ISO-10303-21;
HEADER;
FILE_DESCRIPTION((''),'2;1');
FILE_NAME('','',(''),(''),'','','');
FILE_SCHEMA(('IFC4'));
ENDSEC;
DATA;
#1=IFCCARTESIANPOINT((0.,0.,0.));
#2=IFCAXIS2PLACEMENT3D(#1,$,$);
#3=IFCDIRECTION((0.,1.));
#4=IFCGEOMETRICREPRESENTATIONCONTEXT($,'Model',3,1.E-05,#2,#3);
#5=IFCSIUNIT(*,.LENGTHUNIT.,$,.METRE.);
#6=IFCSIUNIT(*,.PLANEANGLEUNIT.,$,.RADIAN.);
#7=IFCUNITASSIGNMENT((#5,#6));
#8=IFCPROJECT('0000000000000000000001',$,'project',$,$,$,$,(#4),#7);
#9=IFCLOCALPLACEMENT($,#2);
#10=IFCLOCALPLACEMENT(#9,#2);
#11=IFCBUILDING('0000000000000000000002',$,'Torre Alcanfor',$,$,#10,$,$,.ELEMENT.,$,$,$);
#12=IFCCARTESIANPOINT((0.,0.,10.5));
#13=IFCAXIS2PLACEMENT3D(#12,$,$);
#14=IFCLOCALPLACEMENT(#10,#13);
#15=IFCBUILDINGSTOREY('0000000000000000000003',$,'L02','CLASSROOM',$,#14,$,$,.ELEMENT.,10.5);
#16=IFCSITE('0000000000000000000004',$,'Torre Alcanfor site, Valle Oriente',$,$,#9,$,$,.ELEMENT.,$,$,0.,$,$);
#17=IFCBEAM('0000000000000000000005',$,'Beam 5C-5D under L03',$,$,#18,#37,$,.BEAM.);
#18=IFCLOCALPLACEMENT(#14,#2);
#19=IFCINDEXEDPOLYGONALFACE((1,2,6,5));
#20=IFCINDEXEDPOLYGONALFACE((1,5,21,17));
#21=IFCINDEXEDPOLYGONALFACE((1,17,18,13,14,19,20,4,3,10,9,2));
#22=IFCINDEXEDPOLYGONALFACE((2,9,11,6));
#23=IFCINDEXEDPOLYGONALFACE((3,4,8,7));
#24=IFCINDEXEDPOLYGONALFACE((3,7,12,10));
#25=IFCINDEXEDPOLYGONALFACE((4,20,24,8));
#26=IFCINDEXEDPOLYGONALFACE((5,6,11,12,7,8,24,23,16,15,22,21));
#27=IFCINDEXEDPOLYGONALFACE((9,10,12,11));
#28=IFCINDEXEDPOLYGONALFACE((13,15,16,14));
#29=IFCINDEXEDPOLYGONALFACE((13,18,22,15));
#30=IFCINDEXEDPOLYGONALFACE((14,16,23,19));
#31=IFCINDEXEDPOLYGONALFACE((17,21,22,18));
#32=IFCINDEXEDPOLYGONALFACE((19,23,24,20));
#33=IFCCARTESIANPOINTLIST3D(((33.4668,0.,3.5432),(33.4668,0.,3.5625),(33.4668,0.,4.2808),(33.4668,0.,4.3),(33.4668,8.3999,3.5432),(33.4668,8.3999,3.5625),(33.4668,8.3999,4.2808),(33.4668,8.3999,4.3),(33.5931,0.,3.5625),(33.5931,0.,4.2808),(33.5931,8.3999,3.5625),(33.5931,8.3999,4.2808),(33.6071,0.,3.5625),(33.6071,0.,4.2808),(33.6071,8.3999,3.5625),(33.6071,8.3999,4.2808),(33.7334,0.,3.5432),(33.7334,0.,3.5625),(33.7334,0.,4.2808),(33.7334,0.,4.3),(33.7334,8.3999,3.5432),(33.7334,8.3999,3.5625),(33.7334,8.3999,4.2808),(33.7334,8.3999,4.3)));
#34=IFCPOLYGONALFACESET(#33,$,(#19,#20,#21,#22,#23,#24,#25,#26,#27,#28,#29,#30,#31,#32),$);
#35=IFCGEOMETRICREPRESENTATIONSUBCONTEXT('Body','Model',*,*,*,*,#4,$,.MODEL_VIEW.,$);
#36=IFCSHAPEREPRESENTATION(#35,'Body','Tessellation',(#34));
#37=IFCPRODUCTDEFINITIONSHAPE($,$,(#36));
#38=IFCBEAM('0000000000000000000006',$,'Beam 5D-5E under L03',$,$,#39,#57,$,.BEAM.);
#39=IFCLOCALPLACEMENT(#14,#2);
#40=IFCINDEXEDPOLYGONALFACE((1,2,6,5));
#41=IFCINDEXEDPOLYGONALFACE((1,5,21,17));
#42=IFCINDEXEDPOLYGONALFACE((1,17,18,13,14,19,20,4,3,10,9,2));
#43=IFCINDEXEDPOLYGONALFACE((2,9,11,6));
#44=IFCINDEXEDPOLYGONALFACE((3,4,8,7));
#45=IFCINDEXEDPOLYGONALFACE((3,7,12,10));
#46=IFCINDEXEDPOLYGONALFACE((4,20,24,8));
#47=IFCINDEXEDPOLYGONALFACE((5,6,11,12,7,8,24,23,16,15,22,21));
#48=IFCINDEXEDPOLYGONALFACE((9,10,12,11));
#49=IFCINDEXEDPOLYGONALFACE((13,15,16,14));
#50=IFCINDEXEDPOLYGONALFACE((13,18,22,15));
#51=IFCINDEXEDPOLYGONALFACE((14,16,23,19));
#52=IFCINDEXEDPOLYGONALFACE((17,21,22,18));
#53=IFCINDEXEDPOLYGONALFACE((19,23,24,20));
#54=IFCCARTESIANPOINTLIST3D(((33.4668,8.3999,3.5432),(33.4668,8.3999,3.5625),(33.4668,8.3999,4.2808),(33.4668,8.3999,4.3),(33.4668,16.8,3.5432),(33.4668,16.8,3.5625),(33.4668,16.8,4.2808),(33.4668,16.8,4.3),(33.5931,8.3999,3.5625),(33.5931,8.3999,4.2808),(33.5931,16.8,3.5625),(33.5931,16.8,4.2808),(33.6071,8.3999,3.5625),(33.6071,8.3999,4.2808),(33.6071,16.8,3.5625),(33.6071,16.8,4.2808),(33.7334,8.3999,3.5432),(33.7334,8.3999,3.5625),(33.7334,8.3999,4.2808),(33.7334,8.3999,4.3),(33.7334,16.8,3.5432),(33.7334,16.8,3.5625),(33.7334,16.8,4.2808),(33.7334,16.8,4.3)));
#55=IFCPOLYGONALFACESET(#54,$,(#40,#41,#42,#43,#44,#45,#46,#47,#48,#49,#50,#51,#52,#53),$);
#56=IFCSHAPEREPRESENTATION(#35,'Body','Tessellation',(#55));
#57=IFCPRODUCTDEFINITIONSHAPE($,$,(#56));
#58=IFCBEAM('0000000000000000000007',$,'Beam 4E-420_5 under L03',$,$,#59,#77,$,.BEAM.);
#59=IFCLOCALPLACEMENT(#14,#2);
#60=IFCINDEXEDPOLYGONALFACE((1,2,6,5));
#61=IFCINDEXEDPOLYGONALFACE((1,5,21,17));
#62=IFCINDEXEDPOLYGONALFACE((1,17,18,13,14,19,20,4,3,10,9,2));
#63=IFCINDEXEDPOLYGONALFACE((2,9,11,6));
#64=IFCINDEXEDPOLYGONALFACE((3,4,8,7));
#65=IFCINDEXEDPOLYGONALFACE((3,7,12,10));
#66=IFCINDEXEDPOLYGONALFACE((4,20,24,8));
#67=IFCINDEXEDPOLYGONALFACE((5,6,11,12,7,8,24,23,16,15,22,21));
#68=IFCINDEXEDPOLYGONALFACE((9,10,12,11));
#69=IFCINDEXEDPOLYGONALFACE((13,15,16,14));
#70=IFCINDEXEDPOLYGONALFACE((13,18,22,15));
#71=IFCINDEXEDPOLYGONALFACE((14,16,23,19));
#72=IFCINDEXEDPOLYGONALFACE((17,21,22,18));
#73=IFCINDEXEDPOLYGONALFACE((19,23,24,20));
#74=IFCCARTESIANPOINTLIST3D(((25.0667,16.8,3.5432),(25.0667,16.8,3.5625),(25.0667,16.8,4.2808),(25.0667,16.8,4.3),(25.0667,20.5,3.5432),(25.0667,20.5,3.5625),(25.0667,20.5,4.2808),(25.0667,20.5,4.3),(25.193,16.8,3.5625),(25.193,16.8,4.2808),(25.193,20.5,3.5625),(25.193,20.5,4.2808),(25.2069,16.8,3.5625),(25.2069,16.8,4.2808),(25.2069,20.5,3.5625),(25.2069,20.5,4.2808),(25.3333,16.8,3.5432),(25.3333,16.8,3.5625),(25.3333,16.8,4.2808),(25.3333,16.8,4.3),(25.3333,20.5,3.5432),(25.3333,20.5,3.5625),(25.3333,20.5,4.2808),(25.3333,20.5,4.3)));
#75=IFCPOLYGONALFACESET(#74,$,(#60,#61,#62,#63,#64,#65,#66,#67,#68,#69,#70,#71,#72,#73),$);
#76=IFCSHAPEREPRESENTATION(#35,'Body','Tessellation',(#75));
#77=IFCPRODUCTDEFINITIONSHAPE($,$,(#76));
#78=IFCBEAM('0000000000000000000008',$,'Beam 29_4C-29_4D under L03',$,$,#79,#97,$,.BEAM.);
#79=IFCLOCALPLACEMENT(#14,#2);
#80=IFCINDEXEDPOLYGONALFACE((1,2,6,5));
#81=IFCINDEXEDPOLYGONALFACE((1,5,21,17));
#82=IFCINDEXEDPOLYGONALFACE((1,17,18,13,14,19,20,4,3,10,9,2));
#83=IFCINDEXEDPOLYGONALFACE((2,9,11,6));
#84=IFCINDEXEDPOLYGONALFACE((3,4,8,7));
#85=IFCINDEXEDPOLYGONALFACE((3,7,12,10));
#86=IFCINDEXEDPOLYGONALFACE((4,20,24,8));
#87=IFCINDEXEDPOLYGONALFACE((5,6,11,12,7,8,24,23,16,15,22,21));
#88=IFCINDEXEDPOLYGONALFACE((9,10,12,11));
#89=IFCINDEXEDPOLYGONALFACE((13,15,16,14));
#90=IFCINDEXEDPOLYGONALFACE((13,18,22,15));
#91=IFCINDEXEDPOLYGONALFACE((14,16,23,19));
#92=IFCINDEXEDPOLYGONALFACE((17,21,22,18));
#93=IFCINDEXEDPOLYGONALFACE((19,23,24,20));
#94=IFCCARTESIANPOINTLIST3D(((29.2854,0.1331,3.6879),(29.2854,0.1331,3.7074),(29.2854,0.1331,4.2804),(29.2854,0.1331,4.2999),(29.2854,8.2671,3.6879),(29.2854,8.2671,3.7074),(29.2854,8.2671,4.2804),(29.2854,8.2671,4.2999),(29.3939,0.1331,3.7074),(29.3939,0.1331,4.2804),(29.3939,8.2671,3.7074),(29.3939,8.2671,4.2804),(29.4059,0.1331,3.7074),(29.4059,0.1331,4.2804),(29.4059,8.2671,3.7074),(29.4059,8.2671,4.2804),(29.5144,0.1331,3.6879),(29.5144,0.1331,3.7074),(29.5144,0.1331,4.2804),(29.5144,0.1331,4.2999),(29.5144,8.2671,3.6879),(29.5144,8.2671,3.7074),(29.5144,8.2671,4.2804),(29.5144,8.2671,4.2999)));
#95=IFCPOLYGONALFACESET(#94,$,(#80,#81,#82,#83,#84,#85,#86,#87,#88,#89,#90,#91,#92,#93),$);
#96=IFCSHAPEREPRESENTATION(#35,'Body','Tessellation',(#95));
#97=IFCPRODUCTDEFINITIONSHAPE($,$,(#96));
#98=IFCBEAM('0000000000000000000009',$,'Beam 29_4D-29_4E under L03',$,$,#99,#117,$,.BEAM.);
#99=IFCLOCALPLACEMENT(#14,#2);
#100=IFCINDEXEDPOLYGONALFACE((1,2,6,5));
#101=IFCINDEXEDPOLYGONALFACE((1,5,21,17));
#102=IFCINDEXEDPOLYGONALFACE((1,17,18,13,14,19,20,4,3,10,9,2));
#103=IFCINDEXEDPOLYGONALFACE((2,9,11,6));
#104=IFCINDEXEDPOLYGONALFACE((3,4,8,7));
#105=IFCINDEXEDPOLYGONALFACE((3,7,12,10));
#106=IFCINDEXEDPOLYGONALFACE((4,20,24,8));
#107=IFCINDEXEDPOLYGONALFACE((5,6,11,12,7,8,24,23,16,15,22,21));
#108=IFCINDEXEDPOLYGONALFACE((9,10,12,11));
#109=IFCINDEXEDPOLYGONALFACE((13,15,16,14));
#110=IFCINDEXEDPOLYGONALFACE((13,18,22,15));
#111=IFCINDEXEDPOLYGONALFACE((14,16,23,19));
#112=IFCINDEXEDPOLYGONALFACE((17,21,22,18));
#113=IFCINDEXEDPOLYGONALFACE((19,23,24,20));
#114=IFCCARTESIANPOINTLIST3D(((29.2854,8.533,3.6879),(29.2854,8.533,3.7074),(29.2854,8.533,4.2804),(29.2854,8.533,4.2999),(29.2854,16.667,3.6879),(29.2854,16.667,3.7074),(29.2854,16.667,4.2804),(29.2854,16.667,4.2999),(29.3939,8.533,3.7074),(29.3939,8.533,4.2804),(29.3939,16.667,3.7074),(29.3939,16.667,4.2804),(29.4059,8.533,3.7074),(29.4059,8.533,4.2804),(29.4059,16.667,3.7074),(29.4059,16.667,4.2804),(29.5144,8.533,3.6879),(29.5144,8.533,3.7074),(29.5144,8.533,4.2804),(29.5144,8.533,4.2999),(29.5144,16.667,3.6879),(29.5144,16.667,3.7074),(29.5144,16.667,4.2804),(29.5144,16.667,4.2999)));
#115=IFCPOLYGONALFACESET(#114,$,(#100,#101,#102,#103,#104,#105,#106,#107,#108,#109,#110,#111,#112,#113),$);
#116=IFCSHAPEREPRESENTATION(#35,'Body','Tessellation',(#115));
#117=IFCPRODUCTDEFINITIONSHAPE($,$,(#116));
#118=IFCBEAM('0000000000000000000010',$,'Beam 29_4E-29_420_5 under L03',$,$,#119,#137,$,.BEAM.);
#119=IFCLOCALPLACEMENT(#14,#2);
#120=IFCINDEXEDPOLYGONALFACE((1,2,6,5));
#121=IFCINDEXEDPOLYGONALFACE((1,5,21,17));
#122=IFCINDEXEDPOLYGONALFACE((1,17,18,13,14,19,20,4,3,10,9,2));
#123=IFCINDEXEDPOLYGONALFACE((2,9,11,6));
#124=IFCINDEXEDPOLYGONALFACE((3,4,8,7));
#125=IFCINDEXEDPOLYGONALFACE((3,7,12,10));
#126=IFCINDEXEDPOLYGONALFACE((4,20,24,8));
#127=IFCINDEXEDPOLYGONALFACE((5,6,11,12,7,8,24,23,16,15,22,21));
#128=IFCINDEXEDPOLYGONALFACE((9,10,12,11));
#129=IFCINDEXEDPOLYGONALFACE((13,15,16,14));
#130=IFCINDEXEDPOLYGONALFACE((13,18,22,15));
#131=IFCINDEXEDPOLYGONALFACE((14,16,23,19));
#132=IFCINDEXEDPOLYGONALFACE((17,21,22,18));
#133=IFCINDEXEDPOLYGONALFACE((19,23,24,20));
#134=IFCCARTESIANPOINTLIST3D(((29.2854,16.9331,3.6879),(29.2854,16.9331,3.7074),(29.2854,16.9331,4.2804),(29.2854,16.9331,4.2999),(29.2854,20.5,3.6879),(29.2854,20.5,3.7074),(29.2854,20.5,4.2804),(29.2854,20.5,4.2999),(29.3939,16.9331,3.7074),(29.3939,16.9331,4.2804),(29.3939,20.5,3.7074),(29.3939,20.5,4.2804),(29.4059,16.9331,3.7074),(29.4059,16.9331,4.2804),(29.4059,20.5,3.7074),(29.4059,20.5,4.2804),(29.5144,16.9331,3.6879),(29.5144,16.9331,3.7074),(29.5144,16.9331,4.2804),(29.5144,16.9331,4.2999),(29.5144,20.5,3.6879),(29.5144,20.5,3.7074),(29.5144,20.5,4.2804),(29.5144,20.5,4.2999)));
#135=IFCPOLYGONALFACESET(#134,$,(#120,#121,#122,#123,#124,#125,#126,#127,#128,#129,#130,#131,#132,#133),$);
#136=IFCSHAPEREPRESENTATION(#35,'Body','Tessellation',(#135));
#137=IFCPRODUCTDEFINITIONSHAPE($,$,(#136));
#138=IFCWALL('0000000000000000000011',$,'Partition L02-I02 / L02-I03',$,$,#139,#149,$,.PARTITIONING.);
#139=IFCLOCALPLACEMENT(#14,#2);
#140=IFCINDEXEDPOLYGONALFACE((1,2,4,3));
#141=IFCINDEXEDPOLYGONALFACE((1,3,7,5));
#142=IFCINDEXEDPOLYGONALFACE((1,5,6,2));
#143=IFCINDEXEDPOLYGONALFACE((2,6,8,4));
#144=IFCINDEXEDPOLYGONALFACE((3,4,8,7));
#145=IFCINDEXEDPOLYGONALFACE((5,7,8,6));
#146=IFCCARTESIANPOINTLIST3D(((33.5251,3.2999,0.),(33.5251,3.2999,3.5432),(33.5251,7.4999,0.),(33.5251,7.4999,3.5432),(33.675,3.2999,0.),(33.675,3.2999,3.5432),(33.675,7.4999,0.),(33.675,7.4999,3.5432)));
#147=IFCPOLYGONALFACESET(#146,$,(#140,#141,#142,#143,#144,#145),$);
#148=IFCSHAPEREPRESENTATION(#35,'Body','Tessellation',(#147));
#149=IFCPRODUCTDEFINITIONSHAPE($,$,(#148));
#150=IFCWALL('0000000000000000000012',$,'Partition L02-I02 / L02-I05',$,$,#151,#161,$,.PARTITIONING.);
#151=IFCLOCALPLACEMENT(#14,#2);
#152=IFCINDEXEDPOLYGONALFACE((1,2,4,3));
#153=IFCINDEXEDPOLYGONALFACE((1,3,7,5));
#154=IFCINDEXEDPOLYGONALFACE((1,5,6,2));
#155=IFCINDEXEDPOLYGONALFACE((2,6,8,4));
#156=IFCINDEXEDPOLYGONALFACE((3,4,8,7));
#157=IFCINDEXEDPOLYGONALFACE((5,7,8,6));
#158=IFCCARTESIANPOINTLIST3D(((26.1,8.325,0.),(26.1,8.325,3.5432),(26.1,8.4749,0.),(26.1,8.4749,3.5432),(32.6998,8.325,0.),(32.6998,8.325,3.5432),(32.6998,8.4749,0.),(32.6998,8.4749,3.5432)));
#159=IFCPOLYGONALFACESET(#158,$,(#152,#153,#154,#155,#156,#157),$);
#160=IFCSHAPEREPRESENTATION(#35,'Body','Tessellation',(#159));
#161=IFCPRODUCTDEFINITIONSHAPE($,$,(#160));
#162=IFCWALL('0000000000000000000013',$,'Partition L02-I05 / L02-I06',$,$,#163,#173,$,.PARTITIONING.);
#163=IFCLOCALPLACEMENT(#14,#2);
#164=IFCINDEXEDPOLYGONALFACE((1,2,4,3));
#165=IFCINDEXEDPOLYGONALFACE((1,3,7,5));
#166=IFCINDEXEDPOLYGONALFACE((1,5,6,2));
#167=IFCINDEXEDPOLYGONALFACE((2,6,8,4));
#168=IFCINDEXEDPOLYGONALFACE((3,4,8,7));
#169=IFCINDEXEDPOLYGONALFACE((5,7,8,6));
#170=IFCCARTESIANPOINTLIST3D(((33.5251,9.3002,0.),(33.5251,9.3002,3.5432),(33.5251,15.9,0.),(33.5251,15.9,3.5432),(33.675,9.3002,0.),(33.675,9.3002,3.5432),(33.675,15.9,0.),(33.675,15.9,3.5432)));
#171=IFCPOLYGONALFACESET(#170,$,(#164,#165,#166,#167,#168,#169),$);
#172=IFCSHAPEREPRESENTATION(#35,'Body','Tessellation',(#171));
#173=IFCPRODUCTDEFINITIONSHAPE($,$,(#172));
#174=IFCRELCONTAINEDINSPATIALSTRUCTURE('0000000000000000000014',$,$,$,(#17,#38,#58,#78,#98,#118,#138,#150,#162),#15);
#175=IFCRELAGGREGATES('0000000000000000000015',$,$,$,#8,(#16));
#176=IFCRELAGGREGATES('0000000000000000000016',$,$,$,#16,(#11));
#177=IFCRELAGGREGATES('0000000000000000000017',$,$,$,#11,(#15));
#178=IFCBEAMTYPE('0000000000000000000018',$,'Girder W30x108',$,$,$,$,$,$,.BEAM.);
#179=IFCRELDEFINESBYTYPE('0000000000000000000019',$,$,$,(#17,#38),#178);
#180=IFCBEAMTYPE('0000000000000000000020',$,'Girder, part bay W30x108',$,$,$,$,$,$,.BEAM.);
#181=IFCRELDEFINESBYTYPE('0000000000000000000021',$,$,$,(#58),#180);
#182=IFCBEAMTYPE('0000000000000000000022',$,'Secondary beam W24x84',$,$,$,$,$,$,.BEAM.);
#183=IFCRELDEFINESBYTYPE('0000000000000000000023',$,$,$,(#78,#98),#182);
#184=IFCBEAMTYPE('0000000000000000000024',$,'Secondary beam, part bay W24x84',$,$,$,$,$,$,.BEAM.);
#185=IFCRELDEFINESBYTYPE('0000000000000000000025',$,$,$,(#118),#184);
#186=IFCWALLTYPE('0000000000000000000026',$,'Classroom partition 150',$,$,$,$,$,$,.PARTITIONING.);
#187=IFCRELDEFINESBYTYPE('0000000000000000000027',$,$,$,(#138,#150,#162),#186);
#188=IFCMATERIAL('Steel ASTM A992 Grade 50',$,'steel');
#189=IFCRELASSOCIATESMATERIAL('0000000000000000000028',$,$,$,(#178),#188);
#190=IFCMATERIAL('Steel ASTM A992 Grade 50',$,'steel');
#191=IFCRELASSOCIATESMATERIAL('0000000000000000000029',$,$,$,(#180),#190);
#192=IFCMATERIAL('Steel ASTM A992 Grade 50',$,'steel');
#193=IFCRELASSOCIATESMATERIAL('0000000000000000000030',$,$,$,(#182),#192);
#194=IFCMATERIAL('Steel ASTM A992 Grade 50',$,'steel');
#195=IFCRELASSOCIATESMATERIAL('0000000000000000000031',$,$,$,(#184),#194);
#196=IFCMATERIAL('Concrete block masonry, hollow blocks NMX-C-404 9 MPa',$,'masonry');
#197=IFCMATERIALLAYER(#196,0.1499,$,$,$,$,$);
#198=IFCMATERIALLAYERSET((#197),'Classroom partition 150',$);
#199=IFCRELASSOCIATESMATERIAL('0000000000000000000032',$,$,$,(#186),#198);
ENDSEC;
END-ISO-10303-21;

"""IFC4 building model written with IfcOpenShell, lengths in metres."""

from ifc_helpers import new_model, si_unit, direction, frame, frame_2d, origin, origin_2d, place, context, subcontext, project, spatial, rectangle, i_section, extrude, material, layer, layer_set, material_profile, profile_set, type_object, element, save


model = new_model("IFC4")

# Units and contexts
model_context = context("Model", 3, precision=1e-05, world=origin(), true_north=direction((0.0, 1.0)))
body_context = subcontext(model_context, "Body", "Model", "MODEL_VIEW")
ifc_project = project(units=[si_unit("LENGTHUNIT", "METRE"), si_unit("PLANEANGLEUNIT", "RADIAN")], contexts=[model_context])

# Site, building, storey
site_placement = place(None, origin())
site = spatial("IfcSite", under=ifc_project, at=site_placement, Name="Torre Alcanfor site, Valle Oriente", CompositionType="ELEMENT", RefElevation=0.0)
building_placement = place(site_placement, origin())
building = spatial("IfcBuilding", under=site, at=building_placement, Name="Torre Alcanfor", CompositionType="ELEMENT")
storey_placement = place(building_placement, frame((0.0, 0.0, 10.5)))
storey = spatial("IfcBuildingStorey", under=building, at=storey_placement, Name="L02", Description="CLASSROOM", CompositionType="ELEMENT", Elevation=10.5)

# Beams
ifc_material_1 = material(Name="Steel ASTM A992 Grade 50", Category="steel")
ifc_material_profile_1 = material_profile(ifc_material_1, i_section(OverallWidth=0.2666, OverallDepth=0.7568, WebThickness=0.0139, FlangeThickness=0.0193, at=origin_2d()), Name="W30x108")
ifc_profile_set_1 = profile_set([ifc_material_profile_1], Name="Steel ASTM A992 Grade 50")
beam_type_1 = type_object("IfcBeamType", Name="Girder W30x108", PredefinedType="BEAM", material=ifc_profile_set_1)
beam_1_placement = place(storey_placement, frame((33.6001, 0.0, 3.9216), z_axis=(0.0, 1.0, 0.0), x_axis=(-1.0, 0.0, 0.0)))
element("IfcBeam", 1, at=beam_1_placement, inside=storey, type_object=beam_type_1, Name="Beam 5C-5D under L03", PredefinedType="BEAM", context=body_context, shape_type="SweptSolid", body=[
    extrude(i_section(OverallWidth=0.2666, OverallDepth=0.7568, WebThickness=0.0139, FlangeThickness=0.0193, at=origin_2d()), origin(), (0.0, 0.0, 1.0), 8.3999),
])
beam_2_placement = place(storey_placement, frame((33.6001, 8.3999, 3.9216), z_axis=(0.0, 1.0, 0.0), x_axis=(-1.0, 0.0, 0.0)))
element("IfcBeam", 2, at=beam_2_placement, inside=storey, type_object=beam_type_1, Name="Beam 5D-5E under L03", PredefinedType="BEAM", context=body_context, shape_type="SweptSolid", body=[
    extrude(i_section(OverallWidth=0.2666, OverallDepth=0.7568, WebThickness=0.0139, FlangeThickness=0.0193, at=origin_2d()), origin(), (0.0, 0.0, 1.0), 8.4001),
])
ifc_material_2 = material(Name="Steel ASTM A992 Grade 50", Category="steel")
ifc_material_profile_2 = material_profile(ifc_material_2, i_section(OverallWidth=0.2666, OverallDepth=0.7568, WebThickness=0.0139, FlangeThickness=0.0193, at=origin_2d()), Name="W30x108")
ifc_profile_set_2 = profile_set([ifc_material_profile_2], Name="Steel ASTM A992 Grade 50")
beam_type_2 = type_object("IfcBeamType", Name="Girder, part bay W30x108", PredefinedType="BEAM", material=ifc_profile_set_2)
beam_3_placement = place(storey_placement, frame((25.2, 16.8, 3.9216), z_axis=(0.0, 1.0, 0.0), x_axis=(-1.0, 0.0, 0.0)))
element("IfcBeam", 3, at=beam_3_placement, inside=storey, type_object=beam_type_2, Name="Beam 4E-420_5 under L03", PredefinedType="BEAM", context=body_context, shape_type="SweptSolid", body=[
    extrude(i_section(OverallWidth=0.2666, OverallDepth=0.7568, WebThickness=0.0139, FlangeThickness=0.0193, at=origin_2d()), origin(), (0.0, 0.0, 1.0), 3.7),
])
ifc_material_3 = material(Name="Steel ASTM A992 Grade 50", Category="steel")
ifc_material_profile_3 = material_profile(ifc_material_3, i_section(OverallWidth=0.229, OverallDepth=0.6121, WebThickness=0.012, FlangeThickness=0.0195, at=origin_2d()), Name="W24x84")
ifc_profile_set_3 = profile_set([ifc_material_profile_3], Name="Steel ASTM A992 Grade 50")
beam_type_3 = type_object("IfcBeamType", Name="Secondary beam W24x84", PredefinedType="BEAM", material=ifc_profile_set_3)
for number, where, z_axis, x_axis, name in (
    (4, (29.3999, 0.1331, 3.9939), (0.0, 1.0, 0.0), (-1.0, 0.0, 0.0), "Beam 29_4C-29_4D under L03"),
    (5, (29.3999, 8.533, 3.9939), (0.0, 1.0, 0.0), (-1.0, 0.0, 0.0), "Beam 29_4D-29_4E under L03"),
):
    element("IfcBeam", number, at=place(storey_placement, frame(where, z_axis=z_axis, x_axis=x_axis)), inside=storey, type_object=beam_type_3, Name=name, PredefinedType="BEAM", context=body_context, shape_type="SweptSolid", body=[
        extrude(i_section(OverallWidth=0.229, OverallDepth=0.6121, WebThickness=0.012, FlangeThickness=0.0195, at=origin_2d()), origin(), (0.0, 0.0, 1.0), 8.134),
    ])
ifc_material_4 = material(Name="Steel ASTM A992 Grade 50", Category="steel")
ifc_material_profile_4 = material_profile(ifc_material_4, i_section(OverallWidth=0.229, OverallDepth=0.6121, WebThickness=0.012, FlangeThickness=0.0195, at=origin_2d()), Name="W24x84")
ifc_profile_set_4 = profile_set([ifc_material_profile_4], Name="Steel ASTM A992 Grade 50")
beam_type_4 = type_object("IfcBeamType", Name="Secondary beam, part bay W24x84", PredefinedType="BEAM", material=ifc_profile_set_4)
beam_4_placement = place(storey_placement, frame((29.3999, 16.9331, 3.9939), z_axis=(0.0, 1.0, 0.0), x_axis=(-1.0, 0.0, 0.0)))
element("IfcBeam", 6, at=beam_4_placement, inside=storey, type_object=beam_type_4, Name="Beam 29_4E-29_420_5 under L03", PredefinedType="BEAM", context=body_context, shape_type="SweptSolid", body=[
    extrude(i_section(OverallWidth=0.229, OverallDepth=0.6121, WebThickness=0.012, FlangeThickness=0.0195, at=origin_2d()), origin(), (0.0, 0.0, 1.0), 3.5669),
])

# Walls
ifc_material_5 = material(Name="Concrete block masonry, hollow blocks NMX-C-404 9 MPa", Category="masonry")
ifc_layer_1 = layer(ifc_material_5, 0.1499)
ifc_layer_set_1 = layer_set([ifc_layer_1], Name="Classroom partition 150")
wall_type_1 = type_object("IfcWallType", Name="Classroom partition 150", PredefinedType="PARTITIONING", material=ifc_layer_set_1)
wall_1_placement = place(storey_placement, frame((33.6001, 7.5, 0.0), z_axis=(0.0, 0.0, 1.0), x_axis=(0.0, -1.0, 0.0)))
element("IfcWall", 7, at=wall_1_placement, inside=storey, type_object=wall_type_1, Name="Partition L02-I02 / L02-I03", PredefinedType="PARTITIONING", context=body_context, shape_type="SweptSolid", body=[
    extrude(rectangle(XDim=4.2, YDim=0.1499, at=frame_2d((2.1001, 0.0))), origin(), (0.0, 0.0, 1.0), 3.5432),
])
for number, where, z_axis, x_axis, name in (
    (8, (26.1001, 8.3999, 0.0), (0.0, 0.0, 1.0), (1.0, 0.0, 0.0), "Partition L02-I02 / L02-I05"),
    (9, (33.6001, 15.8999, 0.0), (0.0, 0.0, 1.0), (0.0, -1.0, 0.0), "Partition L02-I05 / L02-I06"),
):
    element("IfcWall", number, at=place(storey_placement, frame(where, z_axis=z_axis, x_axis=x_axis)), inside=storey, type_object=wall_type_1, Name=name, PredefinedType="PARTITIONING", context=body_context, shape_type="SweptSolid", body=[
        extrude(rectangle(XDim=6.5999, YDim=0.1499, at=frame_2d((3.2998, 0.0))), origin(), (0.0, 0.0, 1.0), 3.5432),
    ])

save(model, "model.ifc")
